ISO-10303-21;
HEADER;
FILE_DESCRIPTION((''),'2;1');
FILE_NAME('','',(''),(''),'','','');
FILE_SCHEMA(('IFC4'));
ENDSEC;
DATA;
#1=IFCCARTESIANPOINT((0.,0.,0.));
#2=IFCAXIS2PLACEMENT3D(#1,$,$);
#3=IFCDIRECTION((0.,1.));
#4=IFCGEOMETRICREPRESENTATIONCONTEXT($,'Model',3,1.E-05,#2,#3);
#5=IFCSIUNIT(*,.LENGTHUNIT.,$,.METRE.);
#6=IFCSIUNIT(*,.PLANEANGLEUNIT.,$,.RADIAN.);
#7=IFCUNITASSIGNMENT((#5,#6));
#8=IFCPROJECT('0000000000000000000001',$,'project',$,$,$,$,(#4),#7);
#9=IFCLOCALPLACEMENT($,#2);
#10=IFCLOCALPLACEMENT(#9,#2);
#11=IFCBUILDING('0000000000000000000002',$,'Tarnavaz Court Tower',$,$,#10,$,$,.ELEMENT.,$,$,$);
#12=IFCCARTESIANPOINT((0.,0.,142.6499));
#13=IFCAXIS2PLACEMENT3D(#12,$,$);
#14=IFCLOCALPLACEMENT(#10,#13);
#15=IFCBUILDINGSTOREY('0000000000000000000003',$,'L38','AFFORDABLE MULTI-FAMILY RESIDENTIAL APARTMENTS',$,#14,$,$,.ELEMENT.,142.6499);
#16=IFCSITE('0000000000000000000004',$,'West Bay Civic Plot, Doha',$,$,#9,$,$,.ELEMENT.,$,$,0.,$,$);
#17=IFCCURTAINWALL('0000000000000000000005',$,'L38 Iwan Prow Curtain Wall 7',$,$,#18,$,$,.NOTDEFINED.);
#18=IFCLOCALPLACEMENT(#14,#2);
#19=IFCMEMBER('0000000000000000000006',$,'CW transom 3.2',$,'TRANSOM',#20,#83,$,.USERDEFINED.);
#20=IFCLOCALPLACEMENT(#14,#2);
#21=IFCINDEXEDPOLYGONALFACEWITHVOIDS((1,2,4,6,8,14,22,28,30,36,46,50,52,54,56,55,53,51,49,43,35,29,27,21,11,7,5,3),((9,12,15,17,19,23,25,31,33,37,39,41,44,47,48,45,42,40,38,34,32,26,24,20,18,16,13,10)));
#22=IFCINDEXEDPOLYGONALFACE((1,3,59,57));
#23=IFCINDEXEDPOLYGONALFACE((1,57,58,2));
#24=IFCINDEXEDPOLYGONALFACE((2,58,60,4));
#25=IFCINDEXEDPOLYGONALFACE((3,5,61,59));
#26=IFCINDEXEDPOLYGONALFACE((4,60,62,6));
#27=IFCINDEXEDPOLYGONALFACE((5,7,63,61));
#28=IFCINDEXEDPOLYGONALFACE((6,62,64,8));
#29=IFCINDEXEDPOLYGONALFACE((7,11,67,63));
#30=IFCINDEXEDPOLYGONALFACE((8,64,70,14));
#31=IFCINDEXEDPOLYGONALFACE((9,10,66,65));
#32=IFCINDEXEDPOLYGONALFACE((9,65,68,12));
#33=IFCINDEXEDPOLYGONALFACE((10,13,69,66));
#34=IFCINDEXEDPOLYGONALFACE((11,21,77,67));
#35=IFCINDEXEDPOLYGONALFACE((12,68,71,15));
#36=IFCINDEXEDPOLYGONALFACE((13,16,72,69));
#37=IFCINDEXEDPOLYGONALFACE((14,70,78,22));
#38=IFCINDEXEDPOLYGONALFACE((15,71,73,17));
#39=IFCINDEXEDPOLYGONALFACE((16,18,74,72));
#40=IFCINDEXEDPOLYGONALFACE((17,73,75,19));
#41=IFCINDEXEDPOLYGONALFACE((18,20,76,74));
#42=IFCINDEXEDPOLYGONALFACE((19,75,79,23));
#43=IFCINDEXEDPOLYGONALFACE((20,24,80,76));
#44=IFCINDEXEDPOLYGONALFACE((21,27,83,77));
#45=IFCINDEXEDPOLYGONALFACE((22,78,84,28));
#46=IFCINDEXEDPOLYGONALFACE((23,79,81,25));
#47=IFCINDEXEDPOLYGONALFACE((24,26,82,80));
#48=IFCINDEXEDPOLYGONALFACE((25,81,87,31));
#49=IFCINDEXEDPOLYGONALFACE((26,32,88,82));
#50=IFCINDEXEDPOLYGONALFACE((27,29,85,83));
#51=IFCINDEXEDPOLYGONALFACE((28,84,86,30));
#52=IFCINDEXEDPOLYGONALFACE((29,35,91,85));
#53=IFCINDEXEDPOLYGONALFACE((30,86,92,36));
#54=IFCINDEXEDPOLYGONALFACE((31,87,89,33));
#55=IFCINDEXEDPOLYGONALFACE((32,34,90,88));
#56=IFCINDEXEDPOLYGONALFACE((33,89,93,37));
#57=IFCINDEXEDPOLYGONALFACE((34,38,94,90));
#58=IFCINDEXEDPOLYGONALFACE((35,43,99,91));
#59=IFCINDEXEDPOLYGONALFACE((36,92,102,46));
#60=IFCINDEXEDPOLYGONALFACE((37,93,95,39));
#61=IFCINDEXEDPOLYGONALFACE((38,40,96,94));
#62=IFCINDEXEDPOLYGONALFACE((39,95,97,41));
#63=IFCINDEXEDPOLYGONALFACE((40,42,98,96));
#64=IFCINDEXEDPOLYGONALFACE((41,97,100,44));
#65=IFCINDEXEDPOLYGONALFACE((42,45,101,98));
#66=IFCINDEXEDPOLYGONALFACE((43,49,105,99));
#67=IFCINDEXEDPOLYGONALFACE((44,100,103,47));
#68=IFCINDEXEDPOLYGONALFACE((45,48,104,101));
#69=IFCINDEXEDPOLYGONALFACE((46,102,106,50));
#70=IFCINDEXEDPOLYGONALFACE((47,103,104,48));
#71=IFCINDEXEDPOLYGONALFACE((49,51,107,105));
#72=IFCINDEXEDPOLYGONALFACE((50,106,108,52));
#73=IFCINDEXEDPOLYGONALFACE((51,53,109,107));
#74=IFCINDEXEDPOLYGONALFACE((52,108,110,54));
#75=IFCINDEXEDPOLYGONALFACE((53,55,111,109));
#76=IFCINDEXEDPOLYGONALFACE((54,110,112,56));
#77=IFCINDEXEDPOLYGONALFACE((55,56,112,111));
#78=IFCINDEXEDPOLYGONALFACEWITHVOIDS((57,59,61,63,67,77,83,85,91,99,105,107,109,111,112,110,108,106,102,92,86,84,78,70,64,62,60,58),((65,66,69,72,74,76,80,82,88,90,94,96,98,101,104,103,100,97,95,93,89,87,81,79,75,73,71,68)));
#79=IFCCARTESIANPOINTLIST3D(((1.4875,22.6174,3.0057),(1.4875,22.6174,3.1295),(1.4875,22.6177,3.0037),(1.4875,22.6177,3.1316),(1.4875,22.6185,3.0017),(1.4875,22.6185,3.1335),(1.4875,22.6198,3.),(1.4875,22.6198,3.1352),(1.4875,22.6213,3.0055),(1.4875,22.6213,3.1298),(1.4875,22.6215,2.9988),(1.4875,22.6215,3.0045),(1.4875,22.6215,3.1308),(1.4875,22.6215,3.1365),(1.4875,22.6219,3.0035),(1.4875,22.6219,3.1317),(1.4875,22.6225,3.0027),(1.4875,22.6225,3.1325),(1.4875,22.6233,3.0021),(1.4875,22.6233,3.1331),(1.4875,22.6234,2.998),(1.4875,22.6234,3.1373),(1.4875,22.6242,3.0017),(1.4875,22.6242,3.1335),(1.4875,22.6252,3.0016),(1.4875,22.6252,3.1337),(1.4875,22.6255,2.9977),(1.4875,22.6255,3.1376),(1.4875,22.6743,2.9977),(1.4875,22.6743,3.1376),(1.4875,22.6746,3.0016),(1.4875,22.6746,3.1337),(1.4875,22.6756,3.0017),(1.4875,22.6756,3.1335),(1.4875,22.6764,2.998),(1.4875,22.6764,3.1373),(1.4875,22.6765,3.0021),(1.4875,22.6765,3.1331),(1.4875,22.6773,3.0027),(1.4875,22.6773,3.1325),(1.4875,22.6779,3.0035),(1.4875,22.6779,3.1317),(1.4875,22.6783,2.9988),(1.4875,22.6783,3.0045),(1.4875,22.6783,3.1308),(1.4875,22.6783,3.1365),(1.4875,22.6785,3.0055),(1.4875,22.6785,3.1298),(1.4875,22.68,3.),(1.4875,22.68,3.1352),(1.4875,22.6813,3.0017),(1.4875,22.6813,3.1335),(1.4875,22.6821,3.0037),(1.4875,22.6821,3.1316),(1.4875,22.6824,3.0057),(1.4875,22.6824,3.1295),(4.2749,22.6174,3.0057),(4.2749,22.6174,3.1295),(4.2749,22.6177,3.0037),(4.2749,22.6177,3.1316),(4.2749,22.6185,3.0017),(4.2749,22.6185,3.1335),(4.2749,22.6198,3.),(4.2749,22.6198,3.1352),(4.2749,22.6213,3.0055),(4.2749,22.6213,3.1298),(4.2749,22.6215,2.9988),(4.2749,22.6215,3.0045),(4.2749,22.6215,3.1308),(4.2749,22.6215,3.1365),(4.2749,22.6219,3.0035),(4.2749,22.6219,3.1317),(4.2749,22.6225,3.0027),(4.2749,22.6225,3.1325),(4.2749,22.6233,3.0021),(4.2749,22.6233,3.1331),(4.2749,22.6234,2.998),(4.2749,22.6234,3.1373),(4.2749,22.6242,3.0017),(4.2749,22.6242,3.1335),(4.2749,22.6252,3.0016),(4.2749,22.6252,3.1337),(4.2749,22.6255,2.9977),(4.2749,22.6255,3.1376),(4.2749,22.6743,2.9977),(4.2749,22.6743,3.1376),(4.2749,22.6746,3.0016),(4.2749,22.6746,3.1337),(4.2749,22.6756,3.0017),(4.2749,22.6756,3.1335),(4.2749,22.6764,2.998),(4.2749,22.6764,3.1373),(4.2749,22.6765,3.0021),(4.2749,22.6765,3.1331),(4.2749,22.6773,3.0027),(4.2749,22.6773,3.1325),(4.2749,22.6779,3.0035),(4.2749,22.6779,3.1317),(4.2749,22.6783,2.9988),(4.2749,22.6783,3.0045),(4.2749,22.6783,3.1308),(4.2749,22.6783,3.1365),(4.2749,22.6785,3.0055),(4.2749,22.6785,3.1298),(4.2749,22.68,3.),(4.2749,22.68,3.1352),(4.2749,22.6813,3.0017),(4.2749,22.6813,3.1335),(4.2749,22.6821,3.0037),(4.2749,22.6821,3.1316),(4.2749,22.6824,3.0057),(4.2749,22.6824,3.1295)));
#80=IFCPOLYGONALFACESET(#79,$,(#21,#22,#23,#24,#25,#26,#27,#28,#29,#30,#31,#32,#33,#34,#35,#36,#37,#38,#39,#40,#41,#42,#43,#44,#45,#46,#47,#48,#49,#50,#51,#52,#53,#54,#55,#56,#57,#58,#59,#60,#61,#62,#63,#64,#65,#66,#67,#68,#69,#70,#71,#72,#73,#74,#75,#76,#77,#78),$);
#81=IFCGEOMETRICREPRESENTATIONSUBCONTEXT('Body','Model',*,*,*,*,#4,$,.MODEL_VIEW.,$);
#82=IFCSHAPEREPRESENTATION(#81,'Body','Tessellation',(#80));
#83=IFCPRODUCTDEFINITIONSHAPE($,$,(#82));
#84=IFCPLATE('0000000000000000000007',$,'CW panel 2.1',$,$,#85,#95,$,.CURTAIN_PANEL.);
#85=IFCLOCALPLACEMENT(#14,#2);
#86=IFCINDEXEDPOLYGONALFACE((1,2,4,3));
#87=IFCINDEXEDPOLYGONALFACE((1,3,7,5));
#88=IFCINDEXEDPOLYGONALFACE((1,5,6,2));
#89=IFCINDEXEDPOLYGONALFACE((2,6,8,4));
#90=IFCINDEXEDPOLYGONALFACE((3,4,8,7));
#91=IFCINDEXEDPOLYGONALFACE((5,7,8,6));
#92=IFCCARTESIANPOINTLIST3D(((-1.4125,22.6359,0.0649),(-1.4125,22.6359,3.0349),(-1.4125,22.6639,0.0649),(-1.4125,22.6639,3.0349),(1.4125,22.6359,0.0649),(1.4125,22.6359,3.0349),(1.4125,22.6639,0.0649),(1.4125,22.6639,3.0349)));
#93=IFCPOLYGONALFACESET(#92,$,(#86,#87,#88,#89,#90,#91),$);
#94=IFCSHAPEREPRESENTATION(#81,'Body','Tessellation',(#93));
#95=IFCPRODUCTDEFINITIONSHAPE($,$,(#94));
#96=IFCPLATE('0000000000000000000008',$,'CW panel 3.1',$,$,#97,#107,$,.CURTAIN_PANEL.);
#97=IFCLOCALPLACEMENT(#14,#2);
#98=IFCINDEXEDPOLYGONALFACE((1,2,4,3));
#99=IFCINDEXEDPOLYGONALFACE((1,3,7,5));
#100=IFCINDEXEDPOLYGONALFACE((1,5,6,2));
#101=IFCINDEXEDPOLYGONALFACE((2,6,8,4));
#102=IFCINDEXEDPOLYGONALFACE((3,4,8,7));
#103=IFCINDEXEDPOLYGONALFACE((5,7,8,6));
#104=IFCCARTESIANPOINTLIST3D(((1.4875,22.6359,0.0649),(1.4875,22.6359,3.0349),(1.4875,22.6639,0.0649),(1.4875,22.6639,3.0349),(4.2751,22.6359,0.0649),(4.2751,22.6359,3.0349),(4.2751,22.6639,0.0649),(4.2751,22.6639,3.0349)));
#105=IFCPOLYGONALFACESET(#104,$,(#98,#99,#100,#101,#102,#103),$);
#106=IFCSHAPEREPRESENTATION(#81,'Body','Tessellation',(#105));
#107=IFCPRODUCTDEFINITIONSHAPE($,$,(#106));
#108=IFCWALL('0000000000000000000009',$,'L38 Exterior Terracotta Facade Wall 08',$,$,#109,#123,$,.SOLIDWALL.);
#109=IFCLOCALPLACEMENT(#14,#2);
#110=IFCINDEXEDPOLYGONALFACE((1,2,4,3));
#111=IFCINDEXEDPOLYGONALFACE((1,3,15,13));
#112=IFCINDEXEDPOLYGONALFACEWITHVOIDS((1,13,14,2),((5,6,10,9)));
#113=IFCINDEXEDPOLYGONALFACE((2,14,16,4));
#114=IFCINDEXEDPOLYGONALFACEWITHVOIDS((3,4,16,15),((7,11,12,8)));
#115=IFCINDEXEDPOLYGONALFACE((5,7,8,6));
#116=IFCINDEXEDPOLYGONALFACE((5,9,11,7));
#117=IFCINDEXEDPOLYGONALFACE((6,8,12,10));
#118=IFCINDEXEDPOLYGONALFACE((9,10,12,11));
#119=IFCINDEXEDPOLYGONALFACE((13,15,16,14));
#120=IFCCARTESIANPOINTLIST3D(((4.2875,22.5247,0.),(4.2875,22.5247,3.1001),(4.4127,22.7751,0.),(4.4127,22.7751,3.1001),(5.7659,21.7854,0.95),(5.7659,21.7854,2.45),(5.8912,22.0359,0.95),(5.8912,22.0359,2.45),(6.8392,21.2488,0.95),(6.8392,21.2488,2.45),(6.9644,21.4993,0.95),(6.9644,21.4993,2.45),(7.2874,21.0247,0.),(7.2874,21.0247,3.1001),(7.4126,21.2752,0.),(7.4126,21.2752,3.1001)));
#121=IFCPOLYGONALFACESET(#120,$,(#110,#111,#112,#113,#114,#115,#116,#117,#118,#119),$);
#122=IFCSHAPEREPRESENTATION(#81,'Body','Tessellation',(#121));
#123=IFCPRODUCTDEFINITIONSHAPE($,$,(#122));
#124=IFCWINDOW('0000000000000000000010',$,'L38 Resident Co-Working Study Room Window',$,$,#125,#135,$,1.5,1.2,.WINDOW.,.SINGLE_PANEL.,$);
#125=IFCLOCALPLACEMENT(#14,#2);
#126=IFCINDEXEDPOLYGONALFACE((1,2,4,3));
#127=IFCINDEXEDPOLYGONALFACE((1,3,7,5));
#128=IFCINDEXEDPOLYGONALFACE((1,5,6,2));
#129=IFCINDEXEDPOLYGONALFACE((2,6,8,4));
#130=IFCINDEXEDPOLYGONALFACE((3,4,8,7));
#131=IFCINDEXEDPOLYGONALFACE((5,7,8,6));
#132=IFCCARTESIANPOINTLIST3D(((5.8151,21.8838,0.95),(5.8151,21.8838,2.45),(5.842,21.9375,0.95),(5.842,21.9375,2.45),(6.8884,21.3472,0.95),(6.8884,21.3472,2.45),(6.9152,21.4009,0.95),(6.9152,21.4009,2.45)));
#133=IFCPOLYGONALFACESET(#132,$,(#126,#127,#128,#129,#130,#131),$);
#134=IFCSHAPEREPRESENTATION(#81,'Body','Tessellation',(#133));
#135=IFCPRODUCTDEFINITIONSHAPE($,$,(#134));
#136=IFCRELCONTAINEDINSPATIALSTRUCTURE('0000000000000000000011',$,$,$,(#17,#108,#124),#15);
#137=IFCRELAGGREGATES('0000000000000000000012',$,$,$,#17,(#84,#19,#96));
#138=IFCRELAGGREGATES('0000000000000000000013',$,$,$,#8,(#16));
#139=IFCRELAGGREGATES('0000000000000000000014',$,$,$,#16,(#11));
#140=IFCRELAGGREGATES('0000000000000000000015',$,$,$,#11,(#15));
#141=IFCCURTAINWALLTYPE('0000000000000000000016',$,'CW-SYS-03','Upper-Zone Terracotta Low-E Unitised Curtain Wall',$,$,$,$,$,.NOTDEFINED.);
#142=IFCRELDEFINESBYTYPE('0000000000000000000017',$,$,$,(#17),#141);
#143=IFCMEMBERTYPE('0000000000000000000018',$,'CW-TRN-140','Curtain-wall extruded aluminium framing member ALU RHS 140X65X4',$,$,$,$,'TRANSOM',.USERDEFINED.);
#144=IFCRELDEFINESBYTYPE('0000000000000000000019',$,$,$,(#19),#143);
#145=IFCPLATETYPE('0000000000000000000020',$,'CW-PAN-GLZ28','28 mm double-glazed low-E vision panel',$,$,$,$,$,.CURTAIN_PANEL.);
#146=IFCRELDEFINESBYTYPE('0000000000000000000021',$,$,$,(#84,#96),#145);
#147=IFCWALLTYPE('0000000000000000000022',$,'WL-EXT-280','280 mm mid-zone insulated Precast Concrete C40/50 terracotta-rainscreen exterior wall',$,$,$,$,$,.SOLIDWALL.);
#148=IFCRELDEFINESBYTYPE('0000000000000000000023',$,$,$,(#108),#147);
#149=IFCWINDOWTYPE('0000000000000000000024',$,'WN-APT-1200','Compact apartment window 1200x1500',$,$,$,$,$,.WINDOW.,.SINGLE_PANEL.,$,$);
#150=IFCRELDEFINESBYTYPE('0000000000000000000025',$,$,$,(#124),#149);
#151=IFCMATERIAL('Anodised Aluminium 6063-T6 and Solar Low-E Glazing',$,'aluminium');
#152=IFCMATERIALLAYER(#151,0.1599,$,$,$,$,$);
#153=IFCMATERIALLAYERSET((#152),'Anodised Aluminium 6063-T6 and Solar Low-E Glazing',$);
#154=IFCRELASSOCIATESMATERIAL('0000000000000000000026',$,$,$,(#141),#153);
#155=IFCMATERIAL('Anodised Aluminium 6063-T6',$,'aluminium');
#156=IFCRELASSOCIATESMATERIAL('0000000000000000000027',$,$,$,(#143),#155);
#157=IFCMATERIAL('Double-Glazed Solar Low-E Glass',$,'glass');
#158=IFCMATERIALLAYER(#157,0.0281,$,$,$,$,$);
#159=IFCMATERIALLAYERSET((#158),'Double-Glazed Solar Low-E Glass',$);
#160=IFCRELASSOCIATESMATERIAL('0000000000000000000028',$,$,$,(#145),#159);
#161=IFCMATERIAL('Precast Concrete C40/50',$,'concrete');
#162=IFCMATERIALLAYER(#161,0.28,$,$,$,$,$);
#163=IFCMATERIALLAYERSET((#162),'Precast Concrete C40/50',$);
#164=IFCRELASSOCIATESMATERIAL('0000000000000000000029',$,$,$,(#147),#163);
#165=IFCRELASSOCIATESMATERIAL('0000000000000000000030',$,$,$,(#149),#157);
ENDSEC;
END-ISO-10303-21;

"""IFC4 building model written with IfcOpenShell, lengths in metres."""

from ifc_helpers import new_model, si_unit, direction, frame, frame_2d, origin, origin_2d, place, context, subcontext, project, spatial, rectangle, hollow_rectangle, extrude, material, layer, layer_set, material_profile, profile_set, type_object, element, fill, aggregate, save


model = new_model("IFC4")

# Units and contexts
model_context = context("Model", 3, precision=1e-05, world=origin(), true_north=direction((0.0, 1.0)))
body_context = subcontext(model_context, "Body", "Model", "MODEL_VIEW")
ifc_project = project(units=[si_unit("LENGTHUNIT", "METRE"), si_unit("PLANEANGLEUNIT", "RADIAN")], contexts=[model_context])

# Site, building, storey
site_placement = place(None, origin())
site = spatial("IfcSite", under=ifc_project, at=site_placement, Name="West Bay Civic Plot, Doha", CompositionType="ELEMENT", RefElevation=0.0)
building_placement = place(site_placement, origin())
building = spatial("IfcBuilding", under=site, at=building_placement, Name="Tarnavaz Court Tower", CompositionType="ELEMENT")
storey_placement = place(building_placement, frame((0.0, 0.0, 142.6499)))
storey = spatial("IfcBuildingStorey", under=building, at=storey_placement, Name="L38", Description="AFFORDABLE MULTI-FAMILY RESIDENTIAL APARTMENTS", CompositionType="ELEMENT", Elevation=142.6499)

# Curtain wall, member, plates
ifc_material_1 = material(Name="Anodised Aluminium 6063-T6 and Solar Low-E Glazing", Category="aluminium")
ifc_layer_1 = layer(ifc_material_1, 0.1599)
ifc_layer_set_1 = layer_set([ifc_layer_1], Name="Anodised Aluminium 6063-T6 and Solar Low-E Glazing")
curtain_wall_type = type_object("IfcCurtainWallType", Name="CW-SYS-03", Description="Upper-Zone Terracotta Low-E Unitised Curtain Wall", PredefinedType="NOTDEFINED", material=ifc_layer_set_1)
curtain_wall_placement = place(storey_placement, origin())
curtain_wall = element("IfcCurtainWall", 1, at=curtain_wall_placement, inside=storey, type_object=curtain_wall_type, Name="L38 Iwan Prow Curtain Wall 7", PredefinedType="NOTDEFINED")
ifc_material_2 = material(Name="Anodised Aluminium 6063-T6", Category="aluminium")
ifc_material_profile_1 = material_profile(ifc_material_2, hollow_rectangle(XDim=0.0649, YDim=0.1399, WallThickness=0.0039, InnerFilletRadius=0.0039, OuterFilletRadius=0.0081, at=origin_2d()), Name="ALU RHS 140X65X4")
ifc_profile_set_1 = profile_set([ifc_material_profile_1], Name="Anodised Aluminium 6063-T6")
member_type_1 = type_object("IfcMemberType", Name="CW-TRN-140", Description="Curtain-wall extruded aluminium framing member ALU RHS 140X65X4", ElementType="TRANSOM", PredefinedType="USERDEFINED", material=ifc_profile_set_1)
member_1_placement = place(storey_placement, frame((1.4875, 22.6499, 3.0676), z_axis=(1.0, 0.0, 0.0), x_axis=(0.0, 1.0, 0.0)))
member_1 = element("IfcMember", 2, at=member_1_placement, type_object=member_type_1, Name="CW transom 3.2", ObjectType="TRANSOM", PredefinedType="USERDEFINED", context=body_context, shape_type="SweptSolid", body=[
    extrude(hollow_rectangle(XDim=0.0649, YDim=0.1399, WallThickness=0.0039, InnerFilletRadius=0.0039, OuterFilletRadius=0.0081, at=origin_2d()), origin(), (0.0, 0.0, 1.0), 2.7874),
])
ifc_material_3 = material(Name="Double-Glazed Solar Low-E Glass", Category="glass")
ifc_layer_2 = layer(ifc_material_3, 0.0281)
ifc_layer_set_2 = layer_set([ifc_layer_2], Name="Double-Glazed Solar Low-E Glass")
plate_type = type_object("IfcPlateType", Name="CW-PAN-GLZ28", Description="28 mm double-glazed low-E vision panel", PredefinedType="CURTAIN_PANEL", material=ifc_layer_set_2)
plate_1_placement = place(storey_placement, frame((0.0, 22.6499, 0.0649), z_axis=(0.0, 0.0, 1.0), x_axis=(1.0, 0.0, 0.0)))
plate_1 = element("IfcPlate", 3, at=plate_1_placement, type_object=plate_type, Name="CW panel 2.1", PredefinedType="CURTAIN_PANEL", context=body_context, shape_type="SweptSolid", body=[
    extrude(rectangle(XDim=2.825, YDim=0.0281, at=origin_2d()), origin(), (0.0, 0.0, 1.0), 2.97),
])
plate_2_placement = place(storey_placement, frame((2.8813, 22.6499, 0.0649), z_axis=(0.0, 0.0, 1.0), x_axis=(1.0, 0.0, 0.0)))
plate_2 = element("IfcPlate", 4, at=plate_2_placement, type_object=plate_type, Name="CW panel 3.1", PredefinedType="CURTAIN_PANEL", context=body_context, shape_type="SweptSolid", body=[
    extrude(rectangle(XDim=2.7876, YDim=0.0281, at=origin_2d()), origin(), (0.0, 0.0, 1.0), 2.97),
])
aggregate(curtain_wall, [plate_1, member_1, plate_2])

# Wall, opening, window
ifc_material_4 = material(Name="Precast Concrete C40/50", Category="concrete")
ifc_layer_3 = layer(ifc_material_4, 0.28)
ifc_layer_set_3 = layer_set([ifc_layer_3], Name="Precast Concrete C40/50")
wall_type_1 = type_object("IfcWallType", Name="WL-EXT-280", Description="280 mm mid-zone insulated Precast Concrete C40/50 terracotta-rainscreen exterior wall", PredefinedType="SOLIDWALL", material=ifc_layer_set_3)
wall_1_placement = place(storey_placement, frame((4.3501, 22.6499, 0.0), z_axis=(0.0, 0.0, 1.0), x_axis=(0.894427, -0.447214, 0.0)))
wall_1 = element("IfcWall", 5, at=wall_1_placement, inside=storey, type_object=wall_type_1, Name="L38 Exterior Terracotta Facade Wall 08", PredefinedType="SOLIDWALL", context=body_context, shape_type="SweptSolid", body=[
    extrude(rectangle(XDim=3.354, YDim=0.28, at=frame_2d((1.677, 0.0))), origin(), (0.0, 0.0, 1.0), 3.1001),
])
opening_1_placement = place(wall_1_placement, frame((1.6528, 0.0, 0.95)))
opening_1 = element("IfcOpeningElement", 6, at=opening_1_placement, cuts=wall_1, PredefinedType="OPENING", context=body_context, shape_type="SweptSolid", body=[
    extrude(rectangle(XDim=1.2, YDim=1.5, at=frame_2d((0.6001, 0.75))), frame((0.0, 0.1499, 0.0), z_axis=(0.0, -1.0, 0.0), x_axis=(1.0, 0.0, 0.0)), (0.0, 0.0, 1.0), 0.3),
])
window_type_1 = type_object("IfcWindowType", Name="WN-APT-1200", Description="Compact apartment window 1200x1500", PartitioningType="SINGLE_PANEL", PredefinedType="WINDOW", material=ifc_material_3)
window_1_placement = place(opening_1_placement, origin())
window_1 = element("IfcWindow", 7, at=window_1_placement, inside=storey, type_object=window_type_1, Name="L38 Resident Co-Working Study Room Window", OverallHeight=1.5, OverallWidth=1.2, PartitioningType="SINGLE_PANEL", PredefinedType="WINDOW", context=body_context, shape_type="SweptSolid", body=[
    extrude(rectangle(XDim=1.2, YDim=1.5, at=frame_2d((0.6001, 0.75))), frame((0.0, 0.03, 0.0), z_axis=(0.0, -1.0, 0.0), x_axis=(1.0, 0.0, 0.0)), (0.0, 0.0, 1.0), 0.0601),
])
fill(opening_1, window_1)

save(model, "model.ifc")
